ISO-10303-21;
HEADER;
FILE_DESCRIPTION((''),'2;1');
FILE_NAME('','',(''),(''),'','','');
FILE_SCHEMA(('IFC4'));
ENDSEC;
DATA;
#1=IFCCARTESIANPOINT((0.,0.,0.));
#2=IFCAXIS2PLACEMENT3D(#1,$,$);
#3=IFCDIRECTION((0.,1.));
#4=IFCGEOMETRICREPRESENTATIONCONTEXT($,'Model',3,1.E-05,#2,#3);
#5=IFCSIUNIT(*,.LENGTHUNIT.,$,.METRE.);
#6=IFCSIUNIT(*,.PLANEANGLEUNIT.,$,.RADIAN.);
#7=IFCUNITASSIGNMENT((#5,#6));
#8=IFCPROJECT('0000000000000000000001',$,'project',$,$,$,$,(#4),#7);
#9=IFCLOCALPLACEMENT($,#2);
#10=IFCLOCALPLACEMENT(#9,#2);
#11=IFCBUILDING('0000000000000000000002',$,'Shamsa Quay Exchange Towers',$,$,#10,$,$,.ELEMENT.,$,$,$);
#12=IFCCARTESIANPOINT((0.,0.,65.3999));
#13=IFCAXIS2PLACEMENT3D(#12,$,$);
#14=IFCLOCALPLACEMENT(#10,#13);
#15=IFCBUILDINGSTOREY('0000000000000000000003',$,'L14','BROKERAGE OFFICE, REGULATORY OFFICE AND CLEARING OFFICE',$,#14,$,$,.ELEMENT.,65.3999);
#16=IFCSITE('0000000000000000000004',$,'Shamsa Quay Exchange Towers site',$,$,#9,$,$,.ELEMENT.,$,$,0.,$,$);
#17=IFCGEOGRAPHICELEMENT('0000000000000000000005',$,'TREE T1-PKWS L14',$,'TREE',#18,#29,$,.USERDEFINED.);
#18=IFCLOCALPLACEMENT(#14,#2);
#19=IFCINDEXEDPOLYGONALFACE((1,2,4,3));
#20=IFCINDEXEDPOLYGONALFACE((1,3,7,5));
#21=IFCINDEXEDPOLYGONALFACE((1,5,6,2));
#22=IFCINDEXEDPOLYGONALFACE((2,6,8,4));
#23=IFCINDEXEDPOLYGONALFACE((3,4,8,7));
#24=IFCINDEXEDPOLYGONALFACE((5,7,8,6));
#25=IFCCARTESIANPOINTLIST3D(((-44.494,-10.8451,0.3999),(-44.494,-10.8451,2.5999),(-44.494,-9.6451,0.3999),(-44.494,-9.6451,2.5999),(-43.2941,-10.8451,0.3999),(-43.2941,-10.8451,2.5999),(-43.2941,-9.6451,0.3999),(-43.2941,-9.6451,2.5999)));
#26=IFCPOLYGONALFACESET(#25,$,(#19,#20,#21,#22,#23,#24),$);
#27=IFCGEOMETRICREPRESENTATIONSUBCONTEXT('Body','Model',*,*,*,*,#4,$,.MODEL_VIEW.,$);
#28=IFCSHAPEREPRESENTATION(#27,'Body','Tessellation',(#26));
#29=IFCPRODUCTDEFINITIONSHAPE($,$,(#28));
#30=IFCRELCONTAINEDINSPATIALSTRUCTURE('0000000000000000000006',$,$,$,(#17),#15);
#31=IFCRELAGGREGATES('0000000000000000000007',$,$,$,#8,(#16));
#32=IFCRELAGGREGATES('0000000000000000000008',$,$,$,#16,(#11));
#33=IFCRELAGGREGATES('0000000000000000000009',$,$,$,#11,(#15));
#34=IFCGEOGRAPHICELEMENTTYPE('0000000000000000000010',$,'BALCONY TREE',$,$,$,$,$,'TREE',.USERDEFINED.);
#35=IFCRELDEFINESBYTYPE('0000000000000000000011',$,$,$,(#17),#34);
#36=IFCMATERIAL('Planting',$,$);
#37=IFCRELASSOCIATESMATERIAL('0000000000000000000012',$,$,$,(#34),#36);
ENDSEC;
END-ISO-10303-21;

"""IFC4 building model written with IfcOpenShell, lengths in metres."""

from ifc_helpers import new_model, si_unit, direction, frame, origin, origin_2d, place, context, subcontext, project, spatial, rectangle, extrude, material, type_object, element, save


model = new_model("IFC4")

# Units and contexts
model_context = context("Model", 3, precision=1e-05, world=origin(), true_north=direction((0.0, 1.0)))
body_context = subcontext(model_context, "Body", "Model", "MODEL_VIEW")
ifc_project = project(units=[si_unit("LENGTHUNIT", "METRE"), si_unit("PLANEANGLEUNIT", "RADIAN")], contexts=[model_context])

# Site, building, storey
site_placement = place(None, origin())
site = spatial("IfcSite", under=ifc_project, at=site_placement, Name="Shamsa Quay Exchange Towers site", CompositionType="ELEMENT", RefElevation=0.0)
building_placement = place(site_placement, origin())
building = spatial("IfcBuilding", under=site, at=building_placement, Name="Shamsa Quay Exchange Towers", CompositionType="ELEMENT")
storey_placement = place(building_placement, frame((0.0, 0.0, 65.3999)))
storey = spatial("IfcBuildingStorey", under=building, at=storey_placement, Name="L14", Description="BROKERAGE OFFICE, REGULATORY OFFICE AND CLEARING OFFICE", CompositionType="ELEMENT", Elevation=65.3999)

# Geographic element
ifc_material_1 = material(Name="Planting")
geographic_element_type = type_object("IfcGeographicElementType", Name="BALCONY TREE", ElementType="TREE", PredefinedType="USERDEFINED", material=ifc_material_1)
geographic_element_placement = place(storey_placement, frame((-43.894, -10.2451, 0.3999)))
element("IfcGeographicElement", 1, at=geographic_element_placement, inside=storey, type_object=geographic_element_type, Name="TREE T1-PKWS L14", ObjectType="TREE", PredefinedType="USERDEFINED", context=body_context, shape_type="SweptSolid", body=[
    extrude(rectangle(XDim=1.2, YDim=1.2, at=origin_2d()), origin(), (0.0, 0.0, 1.0), 2.2),
])

save(model, "model.ifc")
